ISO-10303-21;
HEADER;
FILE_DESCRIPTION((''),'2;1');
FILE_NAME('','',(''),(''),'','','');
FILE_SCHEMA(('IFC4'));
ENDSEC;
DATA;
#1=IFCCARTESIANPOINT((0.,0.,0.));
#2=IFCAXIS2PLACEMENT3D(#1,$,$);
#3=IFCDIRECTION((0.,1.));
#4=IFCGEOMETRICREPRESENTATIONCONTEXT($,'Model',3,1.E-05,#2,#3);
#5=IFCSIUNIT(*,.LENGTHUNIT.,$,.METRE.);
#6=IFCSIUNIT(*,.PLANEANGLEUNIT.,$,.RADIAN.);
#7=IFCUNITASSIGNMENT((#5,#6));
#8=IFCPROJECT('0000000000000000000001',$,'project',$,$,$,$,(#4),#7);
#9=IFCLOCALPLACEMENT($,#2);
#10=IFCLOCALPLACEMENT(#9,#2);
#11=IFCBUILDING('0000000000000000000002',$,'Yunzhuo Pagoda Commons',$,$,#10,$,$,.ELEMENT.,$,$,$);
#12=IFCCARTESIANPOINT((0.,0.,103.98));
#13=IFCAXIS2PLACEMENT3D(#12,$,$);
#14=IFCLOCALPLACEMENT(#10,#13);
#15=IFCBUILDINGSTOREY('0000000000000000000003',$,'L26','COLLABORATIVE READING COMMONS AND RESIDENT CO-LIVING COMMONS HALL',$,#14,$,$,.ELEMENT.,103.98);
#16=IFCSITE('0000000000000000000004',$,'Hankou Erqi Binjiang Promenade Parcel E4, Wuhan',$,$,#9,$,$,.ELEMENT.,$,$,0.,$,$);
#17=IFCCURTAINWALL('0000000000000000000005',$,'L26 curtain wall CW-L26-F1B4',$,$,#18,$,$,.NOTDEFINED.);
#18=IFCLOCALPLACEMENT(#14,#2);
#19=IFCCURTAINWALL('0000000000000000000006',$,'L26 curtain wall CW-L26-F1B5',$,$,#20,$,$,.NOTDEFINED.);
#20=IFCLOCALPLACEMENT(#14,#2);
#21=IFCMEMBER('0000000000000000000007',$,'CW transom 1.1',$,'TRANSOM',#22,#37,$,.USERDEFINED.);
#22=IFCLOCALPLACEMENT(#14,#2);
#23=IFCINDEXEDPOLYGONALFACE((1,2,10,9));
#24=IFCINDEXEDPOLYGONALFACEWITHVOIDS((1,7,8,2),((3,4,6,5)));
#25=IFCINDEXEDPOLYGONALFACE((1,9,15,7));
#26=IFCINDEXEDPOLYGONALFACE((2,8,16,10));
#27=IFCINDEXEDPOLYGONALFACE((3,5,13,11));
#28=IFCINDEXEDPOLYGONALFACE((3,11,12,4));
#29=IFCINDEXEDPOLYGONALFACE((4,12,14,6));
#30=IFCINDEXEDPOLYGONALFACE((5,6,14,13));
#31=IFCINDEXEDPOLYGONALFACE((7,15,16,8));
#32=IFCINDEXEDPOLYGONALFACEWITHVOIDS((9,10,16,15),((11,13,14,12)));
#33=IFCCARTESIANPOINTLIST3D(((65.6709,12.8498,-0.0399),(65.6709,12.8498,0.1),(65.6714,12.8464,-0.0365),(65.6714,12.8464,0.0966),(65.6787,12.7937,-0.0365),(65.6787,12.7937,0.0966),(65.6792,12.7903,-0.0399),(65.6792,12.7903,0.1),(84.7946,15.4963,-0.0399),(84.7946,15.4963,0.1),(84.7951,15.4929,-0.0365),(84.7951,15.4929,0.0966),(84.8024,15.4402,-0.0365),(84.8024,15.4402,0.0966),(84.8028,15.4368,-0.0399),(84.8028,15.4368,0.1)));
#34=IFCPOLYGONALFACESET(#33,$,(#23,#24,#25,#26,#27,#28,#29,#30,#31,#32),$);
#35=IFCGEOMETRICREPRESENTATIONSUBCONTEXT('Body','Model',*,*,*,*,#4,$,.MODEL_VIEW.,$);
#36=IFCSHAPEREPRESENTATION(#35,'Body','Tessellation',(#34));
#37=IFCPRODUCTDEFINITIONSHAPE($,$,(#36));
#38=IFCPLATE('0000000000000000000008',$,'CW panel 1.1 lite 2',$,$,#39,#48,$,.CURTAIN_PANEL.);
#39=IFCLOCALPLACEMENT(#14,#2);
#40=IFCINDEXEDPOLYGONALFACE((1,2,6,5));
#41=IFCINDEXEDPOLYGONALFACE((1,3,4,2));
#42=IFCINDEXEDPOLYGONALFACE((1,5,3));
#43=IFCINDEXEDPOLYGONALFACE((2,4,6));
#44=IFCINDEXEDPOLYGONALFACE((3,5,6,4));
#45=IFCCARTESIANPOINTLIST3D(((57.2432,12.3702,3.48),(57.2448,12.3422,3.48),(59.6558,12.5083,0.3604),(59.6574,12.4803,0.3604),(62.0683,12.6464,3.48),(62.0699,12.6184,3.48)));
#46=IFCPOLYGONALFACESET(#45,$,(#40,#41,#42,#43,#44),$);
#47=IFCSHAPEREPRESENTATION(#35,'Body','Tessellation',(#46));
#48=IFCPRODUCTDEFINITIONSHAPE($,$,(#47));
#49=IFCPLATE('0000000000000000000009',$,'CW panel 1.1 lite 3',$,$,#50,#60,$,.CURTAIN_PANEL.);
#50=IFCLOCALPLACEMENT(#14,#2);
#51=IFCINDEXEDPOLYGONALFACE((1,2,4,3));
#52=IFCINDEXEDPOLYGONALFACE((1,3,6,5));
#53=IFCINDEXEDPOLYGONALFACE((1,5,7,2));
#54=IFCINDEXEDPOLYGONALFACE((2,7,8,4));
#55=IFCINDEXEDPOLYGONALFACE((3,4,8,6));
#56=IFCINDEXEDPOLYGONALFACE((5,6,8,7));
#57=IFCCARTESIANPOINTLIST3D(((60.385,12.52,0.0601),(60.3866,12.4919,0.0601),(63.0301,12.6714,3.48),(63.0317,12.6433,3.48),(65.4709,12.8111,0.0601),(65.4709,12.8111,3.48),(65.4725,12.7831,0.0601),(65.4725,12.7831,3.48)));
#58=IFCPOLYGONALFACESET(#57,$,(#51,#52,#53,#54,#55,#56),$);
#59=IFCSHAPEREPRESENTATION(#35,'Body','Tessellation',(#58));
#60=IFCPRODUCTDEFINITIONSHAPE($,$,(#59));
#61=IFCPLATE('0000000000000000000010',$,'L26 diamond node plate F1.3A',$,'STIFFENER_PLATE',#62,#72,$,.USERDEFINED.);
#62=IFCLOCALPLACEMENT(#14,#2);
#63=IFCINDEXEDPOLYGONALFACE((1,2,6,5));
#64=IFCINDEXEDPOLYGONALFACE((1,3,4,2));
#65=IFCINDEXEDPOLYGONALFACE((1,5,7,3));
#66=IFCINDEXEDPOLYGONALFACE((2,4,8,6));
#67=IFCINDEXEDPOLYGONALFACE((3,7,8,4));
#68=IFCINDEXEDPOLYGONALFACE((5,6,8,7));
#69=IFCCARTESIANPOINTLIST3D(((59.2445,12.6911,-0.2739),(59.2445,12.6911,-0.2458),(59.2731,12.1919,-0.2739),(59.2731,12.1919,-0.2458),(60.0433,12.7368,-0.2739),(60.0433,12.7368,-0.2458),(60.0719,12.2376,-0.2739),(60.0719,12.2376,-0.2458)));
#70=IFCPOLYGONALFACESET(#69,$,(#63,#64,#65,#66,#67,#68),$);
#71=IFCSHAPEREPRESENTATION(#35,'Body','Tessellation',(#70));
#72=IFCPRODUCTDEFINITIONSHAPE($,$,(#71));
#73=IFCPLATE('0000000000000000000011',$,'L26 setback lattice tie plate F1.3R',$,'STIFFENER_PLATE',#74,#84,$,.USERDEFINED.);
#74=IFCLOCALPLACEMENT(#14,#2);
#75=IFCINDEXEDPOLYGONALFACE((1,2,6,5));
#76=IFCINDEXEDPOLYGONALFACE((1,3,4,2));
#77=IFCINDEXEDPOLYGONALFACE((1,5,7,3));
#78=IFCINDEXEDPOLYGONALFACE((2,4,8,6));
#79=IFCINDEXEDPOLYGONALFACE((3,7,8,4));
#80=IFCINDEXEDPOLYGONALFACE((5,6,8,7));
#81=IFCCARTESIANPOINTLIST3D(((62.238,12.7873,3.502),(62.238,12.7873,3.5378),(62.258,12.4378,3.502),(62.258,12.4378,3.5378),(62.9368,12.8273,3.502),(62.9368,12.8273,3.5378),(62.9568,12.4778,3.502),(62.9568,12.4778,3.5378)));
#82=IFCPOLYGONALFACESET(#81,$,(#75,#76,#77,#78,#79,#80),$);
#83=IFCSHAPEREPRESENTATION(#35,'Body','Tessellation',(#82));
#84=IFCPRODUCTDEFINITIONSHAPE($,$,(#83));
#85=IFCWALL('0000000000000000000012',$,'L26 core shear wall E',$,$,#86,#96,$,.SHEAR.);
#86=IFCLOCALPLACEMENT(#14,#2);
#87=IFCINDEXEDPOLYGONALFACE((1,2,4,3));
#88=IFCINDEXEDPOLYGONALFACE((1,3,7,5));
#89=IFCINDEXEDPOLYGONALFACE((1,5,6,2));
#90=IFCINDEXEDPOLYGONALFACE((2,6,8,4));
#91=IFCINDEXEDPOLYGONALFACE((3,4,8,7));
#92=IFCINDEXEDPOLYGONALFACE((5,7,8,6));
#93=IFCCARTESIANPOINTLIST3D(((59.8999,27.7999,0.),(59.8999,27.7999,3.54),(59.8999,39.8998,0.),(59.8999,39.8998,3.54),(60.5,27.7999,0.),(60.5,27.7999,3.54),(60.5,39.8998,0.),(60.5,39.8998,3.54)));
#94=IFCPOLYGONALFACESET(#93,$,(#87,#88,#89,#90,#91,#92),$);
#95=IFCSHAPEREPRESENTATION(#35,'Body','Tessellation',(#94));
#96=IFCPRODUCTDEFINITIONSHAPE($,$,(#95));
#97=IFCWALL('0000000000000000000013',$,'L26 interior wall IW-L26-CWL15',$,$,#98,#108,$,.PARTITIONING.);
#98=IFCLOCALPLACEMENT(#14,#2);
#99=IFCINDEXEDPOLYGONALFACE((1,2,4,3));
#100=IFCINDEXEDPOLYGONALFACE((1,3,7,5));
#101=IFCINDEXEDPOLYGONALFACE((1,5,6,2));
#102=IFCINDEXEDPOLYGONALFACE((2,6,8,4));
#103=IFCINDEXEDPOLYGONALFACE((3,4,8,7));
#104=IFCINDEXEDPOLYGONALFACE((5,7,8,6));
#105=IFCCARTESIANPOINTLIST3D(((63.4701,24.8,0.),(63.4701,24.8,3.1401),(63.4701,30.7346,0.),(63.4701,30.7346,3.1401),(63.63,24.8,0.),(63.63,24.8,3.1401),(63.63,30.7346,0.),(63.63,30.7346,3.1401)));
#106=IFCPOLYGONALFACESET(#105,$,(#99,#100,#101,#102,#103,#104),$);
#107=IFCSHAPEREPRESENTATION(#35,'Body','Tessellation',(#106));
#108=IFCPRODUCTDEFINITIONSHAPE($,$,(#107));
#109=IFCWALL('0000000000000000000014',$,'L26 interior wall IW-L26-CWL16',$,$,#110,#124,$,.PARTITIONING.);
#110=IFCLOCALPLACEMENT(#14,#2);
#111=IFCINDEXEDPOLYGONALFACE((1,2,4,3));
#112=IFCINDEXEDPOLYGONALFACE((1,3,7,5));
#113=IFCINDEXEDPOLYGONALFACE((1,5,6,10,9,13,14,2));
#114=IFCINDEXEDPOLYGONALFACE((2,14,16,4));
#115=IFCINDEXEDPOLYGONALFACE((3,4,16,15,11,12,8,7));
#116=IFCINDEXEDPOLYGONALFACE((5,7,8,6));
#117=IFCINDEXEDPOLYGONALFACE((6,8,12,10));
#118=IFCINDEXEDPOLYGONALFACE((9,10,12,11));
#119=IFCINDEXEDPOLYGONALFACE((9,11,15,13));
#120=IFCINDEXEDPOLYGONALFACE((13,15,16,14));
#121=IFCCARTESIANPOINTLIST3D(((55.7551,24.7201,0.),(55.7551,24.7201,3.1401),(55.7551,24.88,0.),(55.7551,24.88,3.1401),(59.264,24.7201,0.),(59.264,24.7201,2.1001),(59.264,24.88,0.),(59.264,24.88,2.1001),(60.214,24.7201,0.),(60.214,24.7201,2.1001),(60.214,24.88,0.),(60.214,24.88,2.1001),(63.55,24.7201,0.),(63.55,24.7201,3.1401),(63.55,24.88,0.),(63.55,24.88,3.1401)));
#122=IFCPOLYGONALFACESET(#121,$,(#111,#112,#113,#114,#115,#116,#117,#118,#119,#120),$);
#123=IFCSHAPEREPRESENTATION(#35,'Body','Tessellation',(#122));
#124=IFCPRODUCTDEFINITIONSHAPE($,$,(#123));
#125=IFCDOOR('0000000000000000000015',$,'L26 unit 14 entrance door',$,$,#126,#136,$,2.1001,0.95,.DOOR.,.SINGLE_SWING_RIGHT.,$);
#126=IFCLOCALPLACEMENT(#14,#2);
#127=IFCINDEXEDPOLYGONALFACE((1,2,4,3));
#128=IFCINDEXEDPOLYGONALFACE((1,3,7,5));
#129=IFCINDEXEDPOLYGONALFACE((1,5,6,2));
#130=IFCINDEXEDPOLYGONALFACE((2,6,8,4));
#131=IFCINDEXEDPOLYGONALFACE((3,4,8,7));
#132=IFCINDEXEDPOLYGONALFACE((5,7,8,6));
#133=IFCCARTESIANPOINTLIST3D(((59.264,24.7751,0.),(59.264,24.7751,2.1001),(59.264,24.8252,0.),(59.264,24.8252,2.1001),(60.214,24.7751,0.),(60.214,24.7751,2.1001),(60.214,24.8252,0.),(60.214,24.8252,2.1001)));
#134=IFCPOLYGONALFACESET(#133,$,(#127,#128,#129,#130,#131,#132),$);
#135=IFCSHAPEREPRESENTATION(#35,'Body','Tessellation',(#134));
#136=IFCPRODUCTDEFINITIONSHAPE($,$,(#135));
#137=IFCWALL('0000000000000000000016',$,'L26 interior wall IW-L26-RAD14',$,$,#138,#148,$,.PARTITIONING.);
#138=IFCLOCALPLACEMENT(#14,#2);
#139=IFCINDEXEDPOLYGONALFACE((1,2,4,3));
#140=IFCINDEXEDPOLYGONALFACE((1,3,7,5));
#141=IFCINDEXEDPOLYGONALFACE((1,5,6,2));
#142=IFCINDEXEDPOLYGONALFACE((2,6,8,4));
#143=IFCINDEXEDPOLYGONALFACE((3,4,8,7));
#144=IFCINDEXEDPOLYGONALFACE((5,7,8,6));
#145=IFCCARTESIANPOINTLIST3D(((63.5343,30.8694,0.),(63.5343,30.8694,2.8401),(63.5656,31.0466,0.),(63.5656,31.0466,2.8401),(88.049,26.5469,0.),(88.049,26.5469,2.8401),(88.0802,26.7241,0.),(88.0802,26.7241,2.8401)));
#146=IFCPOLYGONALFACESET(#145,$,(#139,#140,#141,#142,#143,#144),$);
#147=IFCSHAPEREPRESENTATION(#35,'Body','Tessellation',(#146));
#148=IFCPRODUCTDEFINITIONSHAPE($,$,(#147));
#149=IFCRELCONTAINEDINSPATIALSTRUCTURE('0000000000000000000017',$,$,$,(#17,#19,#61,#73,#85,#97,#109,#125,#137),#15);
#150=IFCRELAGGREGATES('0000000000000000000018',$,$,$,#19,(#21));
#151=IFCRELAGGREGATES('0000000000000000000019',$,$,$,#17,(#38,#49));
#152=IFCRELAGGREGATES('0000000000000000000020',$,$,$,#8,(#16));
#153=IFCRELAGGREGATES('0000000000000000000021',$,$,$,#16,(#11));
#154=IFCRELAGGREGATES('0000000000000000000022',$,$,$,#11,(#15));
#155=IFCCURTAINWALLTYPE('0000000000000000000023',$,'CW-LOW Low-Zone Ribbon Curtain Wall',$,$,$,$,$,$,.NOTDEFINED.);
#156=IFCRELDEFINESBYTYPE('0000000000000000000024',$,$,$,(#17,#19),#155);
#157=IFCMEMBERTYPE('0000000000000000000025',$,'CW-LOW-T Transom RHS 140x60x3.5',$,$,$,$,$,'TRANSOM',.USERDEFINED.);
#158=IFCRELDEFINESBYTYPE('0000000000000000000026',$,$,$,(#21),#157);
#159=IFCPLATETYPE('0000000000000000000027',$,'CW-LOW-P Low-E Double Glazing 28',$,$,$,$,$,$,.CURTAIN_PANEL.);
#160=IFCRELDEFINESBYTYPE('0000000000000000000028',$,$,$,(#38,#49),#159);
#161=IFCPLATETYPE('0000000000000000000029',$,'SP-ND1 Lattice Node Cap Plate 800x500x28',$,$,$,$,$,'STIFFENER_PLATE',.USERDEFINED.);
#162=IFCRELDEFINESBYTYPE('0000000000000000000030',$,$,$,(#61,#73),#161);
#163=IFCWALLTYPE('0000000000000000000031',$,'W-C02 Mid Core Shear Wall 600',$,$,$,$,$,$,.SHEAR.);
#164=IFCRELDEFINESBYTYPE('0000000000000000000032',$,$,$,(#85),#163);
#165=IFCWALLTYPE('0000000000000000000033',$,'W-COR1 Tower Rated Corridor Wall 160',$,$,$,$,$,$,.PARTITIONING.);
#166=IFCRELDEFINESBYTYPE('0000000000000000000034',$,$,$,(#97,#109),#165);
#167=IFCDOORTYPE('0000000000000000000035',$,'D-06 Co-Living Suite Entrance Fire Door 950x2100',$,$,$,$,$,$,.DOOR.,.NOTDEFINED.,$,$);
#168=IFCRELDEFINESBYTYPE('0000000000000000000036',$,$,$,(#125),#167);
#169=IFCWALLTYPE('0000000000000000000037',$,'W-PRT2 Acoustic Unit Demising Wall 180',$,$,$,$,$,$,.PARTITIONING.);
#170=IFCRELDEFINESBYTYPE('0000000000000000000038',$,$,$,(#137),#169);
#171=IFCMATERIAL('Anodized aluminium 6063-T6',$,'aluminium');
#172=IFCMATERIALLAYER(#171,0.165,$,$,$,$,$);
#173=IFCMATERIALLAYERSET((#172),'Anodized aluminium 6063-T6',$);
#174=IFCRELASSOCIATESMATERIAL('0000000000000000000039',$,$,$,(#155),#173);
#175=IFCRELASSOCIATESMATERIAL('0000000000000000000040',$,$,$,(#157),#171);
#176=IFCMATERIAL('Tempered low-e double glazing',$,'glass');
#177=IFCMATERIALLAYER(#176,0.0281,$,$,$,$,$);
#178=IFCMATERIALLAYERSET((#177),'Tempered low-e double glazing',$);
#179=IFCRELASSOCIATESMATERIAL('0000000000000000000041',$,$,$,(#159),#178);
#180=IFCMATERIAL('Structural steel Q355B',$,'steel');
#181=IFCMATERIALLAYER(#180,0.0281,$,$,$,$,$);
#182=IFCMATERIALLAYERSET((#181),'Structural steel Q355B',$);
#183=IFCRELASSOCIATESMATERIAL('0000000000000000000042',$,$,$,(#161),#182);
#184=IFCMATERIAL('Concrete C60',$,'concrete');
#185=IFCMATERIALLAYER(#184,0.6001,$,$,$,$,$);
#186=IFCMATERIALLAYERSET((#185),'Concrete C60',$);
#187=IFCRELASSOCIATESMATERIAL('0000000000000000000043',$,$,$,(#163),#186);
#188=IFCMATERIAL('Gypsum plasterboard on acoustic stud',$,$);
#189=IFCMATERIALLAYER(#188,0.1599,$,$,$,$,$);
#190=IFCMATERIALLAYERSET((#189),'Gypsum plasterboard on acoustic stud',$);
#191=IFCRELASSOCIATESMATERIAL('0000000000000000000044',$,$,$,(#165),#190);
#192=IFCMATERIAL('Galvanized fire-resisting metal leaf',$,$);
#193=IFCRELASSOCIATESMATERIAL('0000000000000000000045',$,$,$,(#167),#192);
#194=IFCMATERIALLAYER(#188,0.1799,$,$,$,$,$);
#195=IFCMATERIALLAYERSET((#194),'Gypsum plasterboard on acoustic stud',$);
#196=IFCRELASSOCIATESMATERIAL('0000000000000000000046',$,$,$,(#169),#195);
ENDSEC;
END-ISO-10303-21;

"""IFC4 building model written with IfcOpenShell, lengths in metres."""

from ifc_helpers import new_model, si_unit, direction, frame, frame_2d, origin, origin_with_axes, origin_2d, place, context, subcontext, project, spatial, polyline, rectangle, hollow_rectangle, outline, extrude, source, transform, mapped, material, layer, layer_set, material_profile, profile_set, type_object, element, fill, aggregate, save


model = new_model("IFC4")

# Units and contexts
model_context = context("Model", 3, precision=1e-05, world=origin(), true_north=direction((0.0, 1.0)))
body_context = subcontext(model_context, "Body", "Model", "MODEL_VIEW")
ifc_project = project(units=[si_unit("LENGTHUNIT", "METRE"), si_unit("PLANEANGLEUNIT", "RADIAN")], contexts=[model_context])

# Site, building, storey
site_placement = place(None, origin())
site = spatial("IfcSite", under=ifc_project, at=site_placement, Name="Hankou Erqi Binjiang Promenade Parcel E4, Wuhan", CompositionType="ELEMENT", RefElevation=0.0)
building_placement = place(site_placement, origin())
building = spatial("IfcBuilding", under=site, at=building_placement, Name="Yunzhuo Pagoda Commons", CompositionType="ELEMENT")
storey_placement = place(building_placement, frame((0.0, 0.0, 103.98)))
storey = spatial("IfcBuildingStorey", under=building, at=storey_placement, Name="L26", Description="COLLABORATIVE READING COMMONS AND RESIDENT CO-LIVING COMMONS HALL", CompositionType="ELEMENT", Elevation=103.98)

# Shared definitions
ifc_material_1 = material(Name="Structural steel Q355B", Category="steel")

# Curtain wall
ifc_material_2 = material(Name="Anodized aluminium 6063-T6", Category="aluminium")
ifc_layer_1 = layer(ifc_material_2, 0.165)
ifc_layer_set_1 = layer_set([ifc_layer_1], Name="Anodized aluminium 6063-T6")
curtain_wall_type = type_object("IfcCurtainWallType", Name="CW-LOW Low-Zone Ribbon Curtain Wall", PredefinedType="NOTDEFINED", material=ifc_layer_set_1)
curtain_wall_1_placement = place(storey_placement, origin())
curtain_wall_1 = element("IfcCurtainWall", 1, at=curtain_wall_1_placement, inside=storey, type_object=curtain_wall_type, Name="L26 curtain wall CW-L26-F1B4", PredefinedType="NOTDEFINED")

# Curtain wall, member
curtain_wall_2_placement = place(storey_placement, origin())
curtain_wall_2 = element("IfcCurtainWall", 2, at=curtain_wall_2_placement, inside=storey, type_object=curtain_wall_type, Name="L26 curtain wall CW-L26-F1B5", PredefinedType="NOTDEFINED")
ifc_material_profile_1 = material_profile(ifc_material_2, hollow_rectangle(XDim=0.0601, YDim=0.1399, WallThickness=0.0034, at=origin_2d()), Name="Anodized aluminium 6063-T6")
ifc_profile_set_1 = profile_set([ifc_material_profile_1], Name="Anodized aluminium 6063-T6")
member_type_1 = type_object("IfcMemberType", Name="CW-LOW-T Transom RHS 140x60x3.5", ElementType="TRANSOM", PredefinedType="USERDEFINED", material=ifc_profile_set_1)
shared_shape_1 = source(origin(), body_context, "Body", "SweptSolid", [
    extrude(hollow_rectangle(XDim=0.0601, YDim=0.1399, WallThickness=0.0034, at=origin_2d()), origin(), (0.0, 0.0, 1.0), 19.3059),
])
member_1_placement = place(storey_placement, frame((65.675, 12.8201, 0.03), z_axis=(0.99056, 0.137082, 0.0), x_axis=(-0.137082, 0.99056, 0.0)))
member_1 = element("IfcMember", 3, at=member_1_placement, type_object=member_type_1, Name="CW transom 1.1", ObjectType="TRANSOM", PredefinedType="USERDEFINED", context=body_context, shape_type="MappedRepresentation", body=[
    mapped(shared_shape_1, transform((0.0, 0.0, 0.0), scale=1.0)),
])
aggregate(curtain_wall_2, [member_1])

# Plates
ifc_material_3 = material(Name="Tempered low-e double glazing", Category="glass")
ifc_layer_2 = layer(ifc_material_3, 0.0281)
ifc_layer_set_2 = layer_set([ifc_layer_2], Name="Tempered low-e double glazing")
plate_type_1 = type_object("IfcPlateType", Name="CW-LOW-P Low-E Double Glazing 28", PredefinedType="CURTAIN_PANEL", material=ifc_layer_set_2)
plate_1_placement = place(storey_placement, frame((59.6558, 12.5083, 1.9202), z_axis=(0.057153, -0.998365, 0.0), x_axis=(0.998365, 0.057153, 0.0)))
plate_1 = element("IfcPlate", 4, at=plate_1_placement, type_object=plate_type_1, Name="CW panel 1.1 lite 2", PredefinedType="CURTAIN_PANEL", context=body_context, shape_type="SweptSolid", body=[
    extrude(outline(polyline([(-2.4165, 1.5598), (0.0, -1.5598), (2.4165, 1.5598), (-2.4165, 1.5598)])), origin(), (0.0, 0.0, 1.0), 0.0281),
])
plate_2_placement = place(storey_placement, frame((62.928, 12.6655, 1.77), z_axis=(0.057153, -0.998365, 0.0), x_axis=(0.998365, 0.057153, 0.0)))
plate_2 = element("IfcPlate", 5, at=plate_2_placement, type_object=plate_type_1, Name="CW panel 1.1 lite 3", PredefinedType="CURTAIN_PANEL", context=body_context, shape_type="SweptSolid", body=[
    extrude(outline(polyline([(-2.5471, -1.71), (2.5471, -1.71), (2.5471, 1.71), (0.1023, 1.71), (-2.5471, -1.71)])), origin(), (0.0, 0.0, 1.0), 0.0281),
])
aggregate(curtain_wall_1, [plate_1, plate_2])

# Plates
ifc_layer_3 = layer(ifc_material_1, 0.0281)
ifc_layer_set_3 = layer_set([ifc_layer_3], Name="Structural steel Q355B")
plate_type_2 = type_object("IfcPlateType", Name="SP-ND1 Lattice Node Cap Plate 800x500x28", ElementType="STIFFENER_PLATE", PredefinedType="USERDEFINED", material=ifc_layer_set_3)
shared_shape_2 = source(origin(), body_context, "Body", "SweptSolid", [
    extrude(rectangle(XDim=0.8, YDim=0.5, at=origin_2d()), origin(), (0.0, 0.0, 1.0), 0.0281),
])
plate_3_placement = place(storey_placement, frame((59.6582, 12.4644, -0.2739), z_axis=(0.0, 0.0, 1.0), x_axis=(0.998366, 0.057146, 0.0)))
element("IfcPlate", 6, at=plate_3_placement, inside=storey, type_object=plate_type_2, Name="L26 diamond node plate F1.3A", ObjectType="STIFFENER_PLATE", PredefinedType="USERDEFINED", context=body_context, shape_type="MappedRepresentation", body=[
    mapped(shared_shape_2, transform((0.0, 0.0, 0.0), scale=1.0)),
])
shared_shape_3 = source(origin(), body_context, "Body", "SweptSolid", [
    extrude(rectangle(XDim=0.7, YDim=0.3501, at=origin_2d()), origin(), (0.0, 0.0, 1.0), 0.0359),
])
plate_4_placement = place(storey_placement, frame((62.5974, 12.6326, 3.502), z_axis=(0.0, 0.0, 1.0), x_axis=(0.998366, 0.057146, 0.0)))
element("IfcPlate", 7, at=plate_4_placement, inside=storey, type_object=plate_type_2, Name="L26 setback lattice tie plate F1.3R", ObjectType="STIFFENER_PLATE", PredefinedType="USERDEFINED", context=body_context, shape_type="MappedRepresentation", body=[
    mapped(shared_shape_3, transform((0.0, 0.0, 0.0), scale=1.0)),
])

# Walls
ifc_material_4 = material(Name="Concrete C60", Category="concrete")
ifc_layer_4 = layer(ifc_material_4, 0.6001)
ifc_layer_set_4 = layer_set([ifc_layer_4], Name="Concrete C60")
wall_type_1 = type_object("IfcWallType", Name="W-C02 Mid Core Shear Wall 600", PredefinedType="SHEAR", material=ifc_layer_set_4)
wall_1_placement = place(storey_placement, frame((60.2, 27.8, 0.0), z_axis=(0.0, 0.0, 1.0), x_axis=(0.0, 1.0, 0.0)))
element("IfcWall", 8, at=wall_1_placement, inside=storey, type_object=wall_type_1, Name="L26 core shear wall E", PredefinedType="SHEAR", context=body_context, shape_type="SweptSolid", body=[
    extrude(rectangle(XDim=12.0999, YDim=0.6001, at=frame_2d((6.0498, 0.0))), origin(), (0.0, 0.0, 1.0), 3.54),
])
ifc_material_5 = material(Name="Gypsum plasterboard on acoustic stud")
ifc_layer_5 = layer(ifc_material_5, 0.1599)
ifc_layer_set_5 = layer_set([ifc_layer_5], Name="Gypsum plasterboard on acoustic stud")
wall_type_2 = type_object("IfcWallType", Name="W-COR1 Tower Rated Corridor Wall 160", PredefinedType="PARTITIONING", material=ifc_layer_set_5)
wall_2_placement = place(storey_placement, frame((63.55, 30.7346, 0.0), z_axis=(0.0, 0.0, 1.0), x_axis=(0.0, -1.0, 0.0)))
element("IfcWall", 9, at=wall_2_placement, inside=storey, type_object=wall_type_2, Name="L26 interior wall IW-L26-CWL15", PredefinedType="PARTITIONING", context=body_context, shape_type="SweptSolid", body=[
    extrude(rectangle(XDim=5.9346, YDim=0.1599, at=frame_2d((2.9673, 0.0))), origin(), (0.0, 0.0, 1.0), 3.1401),
])

# Wall, opening, door
wall_3_placement = place(storey_placement, frame((63.55, 24.8, 0.0), z_axis=(0.0, 0.0, 1.0), x_axis=(-1.0, 0.0, 0.0)))
wall_3 = element("IfcWall", 10, at=wall_3_placement, inside=storey, type_object=wall_type_2, Name="L26 interior wall IW-L26-CWL16", PredefinedType="PARTITIONING", context=body_context, shape_type="SweptSolid", body=[
    extrude(rectangle(XDim=7.7949, YDim=0.1599, at=frame_2d((3.8975, 0.0))), origin(), (0.0, 0.0, 1.0), 3.1401),
])
opening_placement = place(wall_3_placement, frame((3.3359, 0.0, 0.0)))
opening = element("IfcOpeningElement", 11, at=opening_placement, cuts=wall_3, PredefinedType="OPENING", context=body_context, shape_type="SweptSolid", body=[
    extrude(rectangle(XDim=0.95, YDim=2.1001, at=frame_2d((0.4751, 1.05))), frame((0.0, 0.0898, 0.0), z_axis=(0.0, -1.0, 0.0), x_axis=(1.0, 0.0, 0.0)), (0.0, 0.0, 1.0), 0.1799),
])
ifc_material_6 = material(Name="Galvanized fire-resisting metal leaf")
door_type = type_object("IfcDoorType", Name="D-06 Co-Living Suite Entrance Fire Door 950x2100", OperationType="NOTDEFINED", PredefinedType="DOOR", material=ifc_material_6)
shared_shape_4 = source(origin(), body_context, "Body", "SweptSolid", [
    extrude(rectangle(XDim=0.95, YDim=2.1001, at=frame_2d((0.4751, 1.05))), frame((0.0, 0.0249, 0.0), z_axis=(0.0, -1.0, 0.0), x_axis=(1.0, 0.0, 0.0)), (0.0, 0.0, 1.0), 0.05),
])
door_placement = place(opening_placement, origin_with_axes())
door = element("IfcDoor", 12, at=door_placement, inside=storey, type_object=door_type, Name="L26 unit 14 entrance door", OperationType="SINGLE_SWING_RIGHT", OverallHeight=2.1001, OverallWidth=0.95, PredefinedType="DOOR", context=body_context, shape_type="MappedRepresentation", body=[
    mapped(shared_shape_4, transform((0.0, 0.0, 0.0), scale=1.0)),
])
fill(opening, door)

# Wall
ifc_layer_6 = layer(ifc_material_5, 0.1799)
ifc_layer_set_6 = layer_set([ifc_layer_6], Name="Gypsum plasterboard on acoustic stud")
wall_type_3 = type_object("IfcWallType", Name="W-PRT2 Acoustic Unit Demising Wall 180", PredefinedType="PARTITIONING", material=ifc_layer_set_6)
wall_4_placement = place(storey_placement, frame((63.55, 30.958, 0.0), z_axis=(0.0, 0.0, 1.0), x_axis=(0.984808, -0.173645, 0.0)))
element("IfcWall", 13, at=wall_4_placement, inside=storey, type_object=wall_type_3, Name="L26 interior wall IW-L26-RAD14", PredefinedType="PARTITIONING", context=body_context, shape_type="SweptSolid", body=[
    extrude(rectangle(XDim=24.8928, YDim=0.1799, at=frame_2d((12.4463, 0.0))), origin(), (0.0, 0.0, 1.0), 2.8401),
])

save(model, "model.ifc")
